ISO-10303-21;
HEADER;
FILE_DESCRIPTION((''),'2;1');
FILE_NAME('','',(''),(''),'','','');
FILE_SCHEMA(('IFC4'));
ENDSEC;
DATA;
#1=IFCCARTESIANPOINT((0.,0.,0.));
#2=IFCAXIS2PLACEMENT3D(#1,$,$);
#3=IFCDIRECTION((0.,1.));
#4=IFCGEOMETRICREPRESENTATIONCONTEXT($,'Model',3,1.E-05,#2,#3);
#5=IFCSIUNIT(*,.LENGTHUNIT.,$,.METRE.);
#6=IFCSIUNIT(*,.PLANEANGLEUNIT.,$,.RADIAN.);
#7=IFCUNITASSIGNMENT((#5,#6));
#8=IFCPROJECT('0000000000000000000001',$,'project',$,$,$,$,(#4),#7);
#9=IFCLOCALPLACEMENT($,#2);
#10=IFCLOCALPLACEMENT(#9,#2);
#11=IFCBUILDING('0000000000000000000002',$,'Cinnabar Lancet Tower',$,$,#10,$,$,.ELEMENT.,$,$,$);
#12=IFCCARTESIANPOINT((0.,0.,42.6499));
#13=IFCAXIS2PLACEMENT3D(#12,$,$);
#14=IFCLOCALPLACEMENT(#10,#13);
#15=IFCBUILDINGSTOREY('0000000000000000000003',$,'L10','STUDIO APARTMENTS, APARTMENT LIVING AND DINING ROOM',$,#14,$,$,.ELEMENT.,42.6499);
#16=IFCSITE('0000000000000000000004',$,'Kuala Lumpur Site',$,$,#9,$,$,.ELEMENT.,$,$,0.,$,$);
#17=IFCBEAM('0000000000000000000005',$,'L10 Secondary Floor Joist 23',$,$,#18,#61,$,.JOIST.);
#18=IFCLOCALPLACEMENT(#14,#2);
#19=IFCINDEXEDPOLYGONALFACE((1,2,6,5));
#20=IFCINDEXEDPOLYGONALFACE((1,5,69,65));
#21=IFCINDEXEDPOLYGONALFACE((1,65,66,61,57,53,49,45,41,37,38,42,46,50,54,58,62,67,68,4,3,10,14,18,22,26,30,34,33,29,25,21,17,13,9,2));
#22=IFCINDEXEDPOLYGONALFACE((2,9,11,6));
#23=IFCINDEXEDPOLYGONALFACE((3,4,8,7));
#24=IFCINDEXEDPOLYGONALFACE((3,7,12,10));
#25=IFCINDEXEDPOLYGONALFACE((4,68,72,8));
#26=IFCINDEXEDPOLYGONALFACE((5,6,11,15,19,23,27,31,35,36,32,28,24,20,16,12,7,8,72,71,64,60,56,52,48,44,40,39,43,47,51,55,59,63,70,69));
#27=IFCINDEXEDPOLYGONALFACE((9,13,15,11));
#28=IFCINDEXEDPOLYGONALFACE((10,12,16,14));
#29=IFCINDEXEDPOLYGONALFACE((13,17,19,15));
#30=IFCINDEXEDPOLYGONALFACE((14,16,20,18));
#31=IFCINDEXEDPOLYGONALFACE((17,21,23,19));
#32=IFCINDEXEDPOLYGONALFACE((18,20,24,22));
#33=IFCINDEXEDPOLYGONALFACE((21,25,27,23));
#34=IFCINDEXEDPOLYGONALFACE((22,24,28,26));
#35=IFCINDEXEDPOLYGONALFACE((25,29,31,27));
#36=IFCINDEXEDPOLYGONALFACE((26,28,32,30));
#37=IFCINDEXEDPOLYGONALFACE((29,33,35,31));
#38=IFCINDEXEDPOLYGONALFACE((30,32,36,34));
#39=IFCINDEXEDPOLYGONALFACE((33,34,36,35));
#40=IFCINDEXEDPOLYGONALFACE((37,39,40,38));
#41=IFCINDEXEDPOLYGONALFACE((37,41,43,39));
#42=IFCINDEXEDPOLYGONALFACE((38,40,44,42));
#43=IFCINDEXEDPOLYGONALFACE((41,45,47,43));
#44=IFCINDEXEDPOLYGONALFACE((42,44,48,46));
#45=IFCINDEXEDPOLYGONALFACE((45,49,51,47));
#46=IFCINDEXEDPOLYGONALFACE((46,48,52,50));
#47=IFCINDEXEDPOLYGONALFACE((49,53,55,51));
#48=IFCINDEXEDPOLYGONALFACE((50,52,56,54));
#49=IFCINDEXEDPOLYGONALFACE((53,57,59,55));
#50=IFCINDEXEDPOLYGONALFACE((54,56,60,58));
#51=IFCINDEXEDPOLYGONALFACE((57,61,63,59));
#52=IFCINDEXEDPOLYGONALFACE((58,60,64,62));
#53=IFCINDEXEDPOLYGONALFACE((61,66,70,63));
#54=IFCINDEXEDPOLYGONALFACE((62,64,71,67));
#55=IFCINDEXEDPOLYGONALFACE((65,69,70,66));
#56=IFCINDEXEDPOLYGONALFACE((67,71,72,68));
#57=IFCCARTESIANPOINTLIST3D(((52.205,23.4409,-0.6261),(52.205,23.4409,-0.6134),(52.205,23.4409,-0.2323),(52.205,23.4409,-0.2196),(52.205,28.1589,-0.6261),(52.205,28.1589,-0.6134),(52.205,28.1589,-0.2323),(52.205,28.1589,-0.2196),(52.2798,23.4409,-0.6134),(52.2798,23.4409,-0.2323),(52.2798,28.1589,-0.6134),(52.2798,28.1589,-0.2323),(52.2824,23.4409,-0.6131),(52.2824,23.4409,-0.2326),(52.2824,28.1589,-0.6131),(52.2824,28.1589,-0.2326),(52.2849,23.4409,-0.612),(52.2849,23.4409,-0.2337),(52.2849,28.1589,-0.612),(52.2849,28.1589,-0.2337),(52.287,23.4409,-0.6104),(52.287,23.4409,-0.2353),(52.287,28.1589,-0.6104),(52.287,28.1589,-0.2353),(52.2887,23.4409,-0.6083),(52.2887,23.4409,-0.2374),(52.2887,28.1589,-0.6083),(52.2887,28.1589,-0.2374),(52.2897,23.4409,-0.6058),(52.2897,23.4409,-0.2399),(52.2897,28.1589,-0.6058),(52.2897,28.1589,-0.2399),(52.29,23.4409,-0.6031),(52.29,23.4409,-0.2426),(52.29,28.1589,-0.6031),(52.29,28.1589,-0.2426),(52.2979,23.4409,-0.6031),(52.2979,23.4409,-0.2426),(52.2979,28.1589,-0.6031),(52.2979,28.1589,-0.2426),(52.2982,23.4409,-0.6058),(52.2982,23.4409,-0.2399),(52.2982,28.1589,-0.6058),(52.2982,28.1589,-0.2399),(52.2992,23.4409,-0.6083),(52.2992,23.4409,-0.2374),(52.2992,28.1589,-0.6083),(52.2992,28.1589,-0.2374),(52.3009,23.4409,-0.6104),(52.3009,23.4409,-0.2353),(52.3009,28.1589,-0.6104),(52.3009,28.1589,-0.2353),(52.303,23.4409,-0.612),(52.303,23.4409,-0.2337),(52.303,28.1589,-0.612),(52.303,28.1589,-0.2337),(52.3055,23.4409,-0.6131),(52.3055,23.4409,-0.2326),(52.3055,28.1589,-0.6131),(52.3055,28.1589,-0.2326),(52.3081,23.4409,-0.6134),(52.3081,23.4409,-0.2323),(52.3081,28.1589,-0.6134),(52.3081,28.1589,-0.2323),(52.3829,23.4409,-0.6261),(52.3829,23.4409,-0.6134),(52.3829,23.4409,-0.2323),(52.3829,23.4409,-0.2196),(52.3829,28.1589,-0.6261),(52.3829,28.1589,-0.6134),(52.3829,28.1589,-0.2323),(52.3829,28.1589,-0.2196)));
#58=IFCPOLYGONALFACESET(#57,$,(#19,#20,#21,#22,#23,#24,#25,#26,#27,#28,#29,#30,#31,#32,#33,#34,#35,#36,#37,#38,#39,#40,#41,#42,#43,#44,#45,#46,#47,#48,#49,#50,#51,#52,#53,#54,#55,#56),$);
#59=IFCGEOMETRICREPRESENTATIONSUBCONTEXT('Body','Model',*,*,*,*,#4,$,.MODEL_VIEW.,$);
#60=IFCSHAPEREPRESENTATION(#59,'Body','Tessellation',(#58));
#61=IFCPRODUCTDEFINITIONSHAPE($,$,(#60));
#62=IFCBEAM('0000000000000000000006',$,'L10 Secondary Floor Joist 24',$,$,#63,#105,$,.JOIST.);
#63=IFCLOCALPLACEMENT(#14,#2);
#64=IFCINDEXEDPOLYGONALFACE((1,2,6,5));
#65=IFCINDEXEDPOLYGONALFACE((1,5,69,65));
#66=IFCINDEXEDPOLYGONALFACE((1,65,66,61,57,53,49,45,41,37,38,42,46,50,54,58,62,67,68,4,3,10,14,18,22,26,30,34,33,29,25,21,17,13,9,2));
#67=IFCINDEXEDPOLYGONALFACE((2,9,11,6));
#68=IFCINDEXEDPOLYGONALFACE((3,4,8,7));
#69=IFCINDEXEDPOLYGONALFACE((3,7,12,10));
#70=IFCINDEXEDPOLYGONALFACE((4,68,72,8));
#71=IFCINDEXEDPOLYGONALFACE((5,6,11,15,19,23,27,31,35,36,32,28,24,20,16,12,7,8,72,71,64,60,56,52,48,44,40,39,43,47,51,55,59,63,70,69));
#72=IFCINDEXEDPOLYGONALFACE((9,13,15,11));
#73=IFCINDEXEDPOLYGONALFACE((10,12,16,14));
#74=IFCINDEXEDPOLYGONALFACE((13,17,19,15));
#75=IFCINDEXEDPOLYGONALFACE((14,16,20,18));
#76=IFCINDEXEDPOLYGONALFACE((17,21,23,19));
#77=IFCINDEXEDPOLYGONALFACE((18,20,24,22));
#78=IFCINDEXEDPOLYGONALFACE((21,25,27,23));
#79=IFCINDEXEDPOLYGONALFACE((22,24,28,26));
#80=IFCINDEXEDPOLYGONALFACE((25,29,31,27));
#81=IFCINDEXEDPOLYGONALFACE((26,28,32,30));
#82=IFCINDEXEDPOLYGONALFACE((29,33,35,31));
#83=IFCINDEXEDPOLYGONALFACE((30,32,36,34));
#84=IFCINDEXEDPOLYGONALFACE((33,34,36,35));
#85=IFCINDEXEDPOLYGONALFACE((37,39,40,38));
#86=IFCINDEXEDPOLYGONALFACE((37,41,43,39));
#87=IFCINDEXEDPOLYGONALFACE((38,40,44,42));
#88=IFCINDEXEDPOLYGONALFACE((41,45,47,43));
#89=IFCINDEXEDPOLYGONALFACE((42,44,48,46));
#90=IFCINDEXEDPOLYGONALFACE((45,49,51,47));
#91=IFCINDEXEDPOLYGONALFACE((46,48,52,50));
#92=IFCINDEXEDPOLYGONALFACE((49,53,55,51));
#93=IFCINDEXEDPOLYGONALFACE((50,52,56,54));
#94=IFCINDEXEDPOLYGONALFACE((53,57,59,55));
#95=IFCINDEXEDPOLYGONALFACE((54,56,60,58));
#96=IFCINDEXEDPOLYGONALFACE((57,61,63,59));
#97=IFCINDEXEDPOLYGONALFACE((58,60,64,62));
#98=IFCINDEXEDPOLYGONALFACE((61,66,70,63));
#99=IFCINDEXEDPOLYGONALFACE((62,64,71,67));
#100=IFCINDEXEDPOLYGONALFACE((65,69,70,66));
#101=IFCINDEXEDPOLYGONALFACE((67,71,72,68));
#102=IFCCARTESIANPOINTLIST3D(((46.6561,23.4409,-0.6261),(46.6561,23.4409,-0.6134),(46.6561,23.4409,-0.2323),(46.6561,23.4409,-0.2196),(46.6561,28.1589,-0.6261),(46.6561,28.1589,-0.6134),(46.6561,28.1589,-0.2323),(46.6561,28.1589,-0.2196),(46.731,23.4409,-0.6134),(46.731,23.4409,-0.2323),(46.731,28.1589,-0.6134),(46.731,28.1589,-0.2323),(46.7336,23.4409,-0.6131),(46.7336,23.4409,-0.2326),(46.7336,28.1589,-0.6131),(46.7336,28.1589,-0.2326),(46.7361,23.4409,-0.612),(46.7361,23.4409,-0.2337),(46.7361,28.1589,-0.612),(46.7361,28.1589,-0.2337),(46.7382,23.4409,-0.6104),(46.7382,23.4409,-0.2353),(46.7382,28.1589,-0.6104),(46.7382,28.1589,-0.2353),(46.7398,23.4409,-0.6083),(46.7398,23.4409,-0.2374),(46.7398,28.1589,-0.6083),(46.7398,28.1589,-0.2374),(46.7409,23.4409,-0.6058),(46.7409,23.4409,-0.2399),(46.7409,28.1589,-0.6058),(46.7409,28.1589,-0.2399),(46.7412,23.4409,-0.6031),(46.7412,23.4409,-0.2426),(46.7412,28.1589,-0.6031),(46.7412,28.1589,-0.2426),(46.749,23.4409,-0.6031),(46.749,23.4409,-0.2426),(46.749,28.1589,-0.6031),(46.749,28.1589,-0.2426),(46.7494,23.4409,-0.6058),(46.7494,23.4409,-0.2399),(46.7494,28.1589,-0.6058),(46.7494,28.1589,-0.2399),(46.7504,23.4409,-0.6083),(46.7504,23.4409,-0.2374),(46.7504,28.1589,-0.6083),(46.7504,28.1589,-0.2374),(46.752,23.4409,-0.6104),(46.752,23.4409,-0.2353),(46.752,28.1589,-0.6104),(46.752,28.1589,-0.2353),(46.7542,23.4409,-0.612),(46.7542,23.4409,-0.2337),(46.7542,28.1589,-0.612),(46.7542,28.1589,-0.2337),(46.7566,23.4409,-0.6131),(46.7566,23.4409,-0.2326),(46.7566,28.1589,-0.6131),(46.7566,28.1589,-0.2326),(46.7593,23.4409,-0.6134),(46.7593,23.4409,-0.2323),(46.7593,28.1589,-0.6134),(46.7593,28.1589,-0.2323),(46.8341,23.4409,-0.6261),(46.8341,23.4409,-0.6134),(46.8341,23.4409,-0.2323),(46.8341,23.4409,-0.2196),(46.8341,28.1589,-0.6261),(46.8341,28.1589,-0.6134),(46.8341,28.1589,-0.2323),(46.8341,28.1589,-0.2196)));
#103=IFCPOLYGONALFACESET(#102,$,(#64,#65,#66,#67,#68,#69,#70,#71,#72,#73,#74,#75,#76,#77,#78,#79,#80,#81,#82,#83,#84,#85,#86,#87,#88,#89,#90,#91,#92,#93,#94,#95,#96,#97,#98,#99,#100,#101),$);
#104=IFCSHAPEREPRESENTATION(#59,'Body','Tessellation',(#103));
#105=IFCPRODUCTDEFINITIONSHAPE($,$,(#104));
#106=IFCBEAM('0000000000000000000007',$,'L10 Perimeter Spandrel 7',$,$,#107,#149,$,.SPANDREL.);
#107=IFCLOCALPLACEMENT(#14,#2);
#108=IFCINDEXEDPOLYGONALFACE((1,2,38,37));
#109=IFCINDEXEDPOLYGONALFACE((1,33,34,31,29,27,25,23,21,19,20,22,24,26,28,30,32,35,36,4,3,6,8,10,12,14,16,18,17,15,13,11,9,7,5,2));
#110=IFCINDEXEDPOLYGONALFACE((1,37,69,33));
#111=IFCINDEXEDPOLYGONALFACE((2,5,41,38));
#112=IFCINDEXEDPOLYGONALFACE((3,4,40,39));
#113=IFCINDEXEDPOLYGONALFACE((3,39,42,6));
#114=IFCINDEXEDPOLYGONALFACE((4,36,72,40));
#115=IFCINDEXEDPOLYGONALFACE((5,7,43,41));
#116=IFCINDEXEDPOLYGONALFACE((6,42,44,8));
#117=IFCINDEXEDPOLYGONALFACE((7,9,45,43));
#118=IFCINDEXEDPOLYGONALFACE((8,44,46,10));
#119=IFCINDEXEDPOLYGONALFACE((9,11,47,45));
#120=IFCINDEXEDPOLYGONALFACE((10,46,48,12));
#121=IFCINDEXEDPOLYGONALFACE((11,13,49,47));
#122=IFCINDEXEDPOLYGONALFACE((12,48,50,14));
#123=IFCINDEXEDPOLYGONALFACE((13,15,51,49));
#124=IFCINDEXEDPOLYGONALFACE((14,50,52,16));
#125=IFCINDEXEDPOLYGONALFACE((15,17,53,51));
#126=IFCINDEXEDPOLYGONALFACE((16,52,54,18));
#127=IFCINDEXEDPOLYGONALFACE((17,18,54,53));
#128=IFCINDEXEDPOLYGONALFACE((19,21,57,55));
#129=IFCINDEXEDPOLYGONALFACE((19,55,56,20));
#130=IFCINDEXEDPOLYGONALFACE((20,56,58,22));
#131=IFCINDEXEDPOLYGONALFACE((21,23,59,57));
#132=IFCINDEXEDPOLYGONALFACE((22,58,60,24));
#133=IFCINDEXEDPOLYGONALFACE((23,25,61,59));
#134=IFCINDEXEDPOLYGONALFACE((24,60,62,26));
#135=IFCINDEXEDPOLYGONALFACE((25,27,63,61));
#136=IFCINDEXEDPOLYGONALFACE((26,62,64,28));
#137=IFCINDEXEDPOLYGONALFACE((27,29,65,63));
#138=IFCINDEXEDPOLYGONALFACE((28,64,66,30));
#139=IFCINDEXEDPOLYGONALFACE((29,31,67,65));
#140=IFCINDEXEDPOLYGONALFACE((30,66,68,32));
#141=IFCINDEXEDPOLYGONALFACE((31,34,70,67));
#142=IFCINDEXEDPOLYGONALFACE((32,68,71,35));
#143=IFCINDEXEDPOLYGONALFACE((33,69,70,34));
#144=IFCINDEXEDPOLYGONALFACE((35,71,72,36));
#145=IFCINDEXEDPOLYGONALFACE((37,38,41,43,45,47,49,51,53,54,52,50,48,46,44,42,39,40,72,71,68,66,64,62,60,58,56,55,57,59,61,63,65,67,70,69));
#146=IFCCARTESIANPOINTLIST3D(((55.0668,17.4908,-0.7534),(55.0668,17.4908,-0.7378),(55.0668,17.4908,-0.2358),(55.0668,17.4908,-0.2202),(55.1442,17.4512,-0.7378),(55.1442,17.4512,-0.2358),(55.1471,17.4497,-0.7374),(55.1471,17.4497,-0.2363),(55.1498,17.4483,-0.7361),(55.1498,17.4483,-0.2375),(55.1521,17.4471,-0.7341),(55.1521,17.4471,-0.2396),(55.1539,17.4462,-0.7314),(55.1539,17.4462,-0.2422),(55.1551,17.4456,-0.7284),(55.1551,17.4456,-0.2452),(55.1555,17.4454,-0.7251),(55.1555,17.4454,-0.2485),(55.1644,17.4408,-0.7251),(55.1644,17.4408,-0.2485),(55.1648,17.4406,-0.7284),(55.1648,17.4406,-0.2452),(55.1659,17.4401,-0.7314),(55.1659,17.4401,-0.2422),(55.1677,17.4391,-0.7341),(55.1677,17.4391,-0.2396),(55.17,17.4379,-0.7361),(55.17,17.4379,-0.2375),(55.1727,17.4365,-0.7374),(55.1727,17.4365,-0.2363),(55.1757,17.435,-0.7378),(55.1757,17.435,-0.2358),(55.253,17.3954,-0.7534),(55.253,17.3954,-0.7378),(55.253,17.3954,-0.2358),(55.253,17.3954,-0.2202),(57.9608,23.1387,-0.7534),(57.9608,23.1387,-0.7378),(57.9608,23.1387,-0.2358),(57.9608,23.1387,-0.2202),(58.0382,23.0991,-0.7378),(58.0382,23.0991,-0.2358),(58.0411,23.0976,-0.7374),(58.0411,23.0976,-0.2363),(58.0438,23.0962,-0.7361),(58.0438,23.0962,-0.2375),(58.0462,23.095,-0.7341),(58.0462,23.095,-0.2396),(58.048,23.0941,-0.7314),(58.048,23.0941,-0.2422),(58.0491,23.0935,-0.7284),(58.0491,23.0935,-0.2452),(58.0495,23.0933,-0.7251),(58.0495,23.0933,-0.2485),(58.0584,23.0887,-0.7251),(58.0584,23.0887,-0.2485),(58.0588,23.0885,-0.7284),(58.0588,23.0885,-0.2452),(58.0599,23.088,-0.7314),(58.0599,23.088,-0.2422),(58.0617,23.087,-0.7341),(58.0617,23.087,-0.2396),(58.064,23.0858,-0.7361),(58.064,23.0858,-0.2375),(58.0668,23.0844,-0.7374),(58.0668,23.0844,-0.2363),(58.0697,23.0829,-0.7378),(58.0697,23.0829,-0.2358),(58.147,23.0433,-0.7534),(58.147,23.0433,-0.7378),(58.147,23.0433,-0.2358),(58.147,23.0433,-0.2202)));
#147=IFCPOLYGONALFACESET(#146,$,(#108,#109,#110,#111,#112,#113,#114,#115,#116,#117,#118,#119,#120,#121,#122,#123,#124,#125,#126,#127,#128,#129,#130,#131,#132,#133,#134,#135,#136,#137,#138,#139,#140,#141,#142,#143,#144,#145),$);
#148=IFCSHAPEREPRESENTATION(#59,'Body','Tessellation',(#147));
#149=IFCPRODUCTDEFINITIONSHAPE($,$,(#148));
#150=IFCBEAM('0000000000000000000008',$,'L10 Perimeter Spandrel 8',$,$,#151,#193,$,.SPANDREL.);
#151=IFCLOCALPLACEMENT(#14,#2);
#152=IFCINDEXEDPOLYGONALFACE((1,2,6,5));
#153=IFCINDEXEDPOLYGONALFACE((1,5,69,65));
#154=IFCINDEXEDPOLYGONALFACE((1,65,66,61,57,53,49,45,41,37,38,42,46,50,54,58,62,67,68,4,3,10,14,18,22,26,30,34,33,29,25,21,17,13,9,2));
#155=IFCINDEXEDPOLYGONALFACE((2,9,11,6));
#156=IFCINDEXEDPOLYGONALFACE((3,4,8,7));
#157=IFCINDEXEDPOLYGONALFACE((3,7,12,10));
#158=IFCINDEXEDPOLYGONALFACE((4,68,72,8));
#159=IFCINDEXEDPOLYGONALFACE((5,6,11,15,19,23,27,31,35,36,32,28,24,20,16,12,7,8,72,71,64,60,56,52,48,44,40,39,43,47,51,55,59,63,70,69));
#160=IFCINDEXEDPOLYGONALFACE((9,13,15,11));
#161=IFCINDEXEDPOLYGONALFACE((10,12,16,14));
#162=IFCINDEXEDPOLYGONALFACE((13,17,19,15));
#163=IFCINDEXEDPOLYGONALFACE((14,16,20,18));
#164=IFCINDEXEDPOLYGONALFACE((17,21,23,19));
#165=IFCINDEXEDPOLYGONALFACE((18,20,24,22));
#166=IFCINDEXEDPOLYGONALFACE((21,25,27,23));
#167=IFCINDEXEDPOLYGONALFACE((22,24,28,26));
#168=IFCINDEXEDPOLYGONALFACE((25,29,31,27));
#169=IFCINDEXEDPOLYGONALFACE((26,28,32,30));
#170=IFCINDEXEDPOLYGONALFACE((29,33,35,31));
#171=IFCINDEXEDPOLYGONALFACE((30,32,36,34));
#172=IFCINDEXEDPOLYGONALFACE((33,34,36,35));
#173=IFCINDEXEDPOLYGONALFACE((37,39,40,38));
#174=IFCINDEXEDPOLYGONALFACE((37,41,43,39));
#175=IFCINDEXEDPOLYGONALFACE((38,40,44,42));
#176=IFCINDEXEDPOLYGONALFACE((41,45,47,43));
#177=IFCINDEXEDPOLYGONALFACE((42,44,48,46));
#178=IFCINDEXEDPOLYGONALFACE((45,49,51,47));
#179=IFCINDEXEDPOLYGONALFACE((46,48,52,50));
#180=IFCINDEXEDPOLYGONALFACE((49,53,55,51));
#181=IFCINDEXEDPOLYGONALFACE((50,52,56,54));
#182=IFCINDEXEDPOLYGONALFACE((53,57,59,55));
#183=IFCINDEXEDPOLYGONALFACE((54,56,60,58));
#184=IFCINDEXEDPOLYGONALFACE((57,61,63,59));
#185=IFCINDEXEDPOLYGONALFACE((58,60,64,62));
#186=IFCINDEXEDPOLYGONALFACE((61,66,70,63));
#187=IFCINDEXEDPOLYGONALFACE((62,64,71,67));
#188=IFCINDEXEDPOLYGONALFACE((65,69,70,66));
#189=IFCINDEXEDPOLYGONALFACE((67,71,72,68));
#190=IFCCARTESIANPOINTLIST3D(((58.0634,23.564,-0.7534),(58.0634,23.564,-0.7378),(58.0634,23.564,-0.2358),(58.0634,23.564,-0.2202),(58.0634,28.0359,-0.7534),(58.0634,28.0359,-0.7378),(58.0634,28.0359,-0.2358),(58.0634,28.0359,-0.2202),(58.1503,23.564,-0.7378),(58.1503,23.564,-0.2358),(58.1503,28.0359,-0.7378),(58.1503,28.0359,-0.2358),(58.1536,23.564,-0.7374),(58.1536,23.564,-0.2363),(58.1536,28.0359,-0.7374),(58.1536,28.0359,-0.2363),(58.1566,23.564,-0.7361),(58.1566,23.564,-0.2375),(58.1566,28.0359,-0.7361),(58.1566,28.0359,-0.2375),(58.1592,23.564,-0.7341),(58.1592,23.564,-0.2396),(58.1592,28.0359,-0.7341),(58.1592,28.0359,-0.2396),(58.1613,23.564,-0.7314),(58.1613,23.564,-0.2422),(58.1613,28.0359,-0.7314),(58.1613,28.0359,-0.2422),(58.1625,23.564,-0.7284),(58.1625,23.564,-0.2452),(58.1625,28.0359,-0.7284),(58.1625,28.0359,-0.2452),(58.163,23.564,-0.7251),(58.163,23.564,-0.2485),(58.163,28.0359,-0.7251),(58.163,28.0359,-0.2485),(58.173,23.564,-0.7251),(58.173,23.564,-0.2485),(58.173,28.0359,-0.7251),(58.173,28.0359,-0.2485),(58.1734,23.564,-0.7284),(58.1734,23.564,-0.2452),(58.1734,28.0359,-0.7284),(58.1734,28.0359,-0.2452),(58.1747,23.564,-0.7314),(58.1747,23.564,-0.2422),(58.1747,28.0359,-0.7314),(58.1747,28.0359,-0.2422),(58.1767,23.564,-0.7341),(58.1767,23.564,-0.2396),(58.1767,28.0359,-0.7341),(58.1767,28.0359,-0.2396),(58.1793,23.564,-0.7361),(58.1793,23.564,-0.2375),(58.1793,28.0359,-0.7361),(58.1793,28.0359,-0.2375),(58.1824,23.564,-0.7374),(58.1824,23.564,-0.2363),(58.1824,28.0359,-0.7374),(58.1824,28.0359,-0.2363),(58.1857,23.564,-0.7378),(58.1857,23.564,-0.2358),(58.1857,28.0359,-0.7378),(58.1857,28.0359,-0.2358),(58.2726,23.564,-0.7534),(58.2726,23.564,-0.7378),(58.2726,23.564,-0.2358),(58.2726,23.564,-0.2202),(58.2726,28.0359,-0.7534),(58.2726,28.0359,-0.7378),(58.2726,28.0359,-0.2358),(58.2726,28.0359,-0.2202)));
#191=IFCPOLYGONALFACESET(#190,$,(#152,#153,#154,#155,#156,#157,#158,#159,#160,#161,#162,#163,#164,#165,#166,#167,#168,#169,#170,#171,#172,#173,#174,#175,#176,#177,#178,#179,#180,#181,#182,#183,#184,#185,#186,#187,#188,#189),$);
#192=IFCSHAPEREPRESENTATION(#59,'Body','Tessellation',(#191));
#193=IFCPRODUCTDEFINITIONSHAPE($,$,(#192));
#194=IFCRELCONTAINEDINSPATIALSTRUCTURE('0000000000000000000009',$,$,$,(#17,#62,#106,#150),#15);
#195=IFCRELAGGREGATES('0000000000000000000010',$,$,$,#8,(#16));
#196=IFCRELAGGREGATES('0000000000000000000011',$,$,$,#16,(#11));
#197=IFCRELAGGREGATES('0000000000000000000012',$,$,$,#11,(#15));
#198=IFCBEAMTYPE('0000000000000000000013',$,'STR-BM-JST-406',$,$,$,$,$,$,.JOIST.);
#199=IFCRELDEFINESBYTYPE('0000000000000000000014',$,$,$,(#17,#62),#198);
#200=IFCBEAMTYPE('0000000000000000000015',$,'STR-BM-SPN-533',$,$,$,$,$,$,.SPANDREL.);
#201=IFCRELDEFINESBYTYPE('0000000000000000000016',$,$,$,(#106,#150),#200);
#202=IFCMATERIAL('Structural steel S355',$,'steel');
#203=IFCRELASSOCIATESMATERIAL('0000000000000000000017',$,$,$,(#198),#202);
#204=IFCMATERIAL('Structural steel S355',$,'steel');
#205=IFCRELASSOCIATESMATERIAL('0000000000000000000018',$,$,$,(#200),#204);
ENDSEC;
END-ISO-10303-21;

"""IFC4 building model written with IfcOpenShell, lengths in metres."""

from ifc_helpers import new_model, si_unit, direction, frame, origin, origin_2d, place, context, subcontext, project, spatial, i_section, extrude, material, material_profile, profile_set, type_object, element, save


model = new_model("IFC4")

# Units and contexts
model_context = context("Model", 3, precision=1e-05, world=origin(), true_north=direction((0.0, 1.0)))
body_context = subcontext(model_context, "Body", "Model", "MODEL_VIEW")
ifc_project = project(units=[si_unit("LENGTHUNIT", "METRE"), si_unit("PLANEANGLEUNIT", "RADIAN")], contexts=[model_context])

# Site, building, storey
site_placement = place(None, origin())
site = spatial("IfcSite", under=ifc_project, at=site_placement, Name="Kuala Lumpur Site", CompositionType="ELEMENT", RefElevation=0.0)
building_placement = place(site_placement, origin())
building = spatial("IfcBuilding", under=site, at=building_placement, Name="Cinnabar Lancet Tower", CompositionType="ELEMENT")
storey_placement = place(building_placement, frame((0.0, 0.0, 42.6499)))
storey = spatial("IfcBuildingStorey", under=building, at=storey_placement, Name="L10", Description="STUDIO APARTMENTS, APARTMENT LIVING AND DINING ROOM", CompositionType="ELEMENT", Elevation=42.6499)

# Beams
ifc_material_1 = material(Name="Structural steel S355", Category="steel")
ifc_material_profile_1 = material_profile(ifc_material_1, i_section(OverallWidth=0.178, OverallDepth=0.4065, WebThickness=0.0078, FlangeThickness=0.0127, FilletRadius=0.0103, at=origin_2d()), Name="UKB 406x178x60")
ifc_profile_set_1 = profile_set([ifc_material_profile_1], Name="Structural steel S355")
beam_type_1 = type_object("IfcBeamType", Name="STR-BM-JST-406", PredefinedType="JOIST", material=ifc_profile_set_1)
for number, where, z_axis, x_axis, name in (
    (1, (52.2939, 23.4409, -0.4229), (0.0, 1.0, 0.0), (-1.0, 0.0, 0.0), "L10 Secondary Floor Joist 23"),
    (2, (46.7451, 23.4409, -0.4229), (0.0, 1.0, 0.0), (-1.0, 0.0, 0.0), "L10 Secondary Floor Joist 24"),
):
    element("IfcBeam", number, at=place(storey_placement, frame(where, z_axis=z_axis, x_axis=x_axis)), inside=storey, type_object=beam_type_1, Name=name, PredefinedType="JOIST", context=body_context, shape_type="SweptSolid", body=[
        extrude(i_section(OverallWidth=0.178, OverallDepth=0.4065, WebThickness=0.0078, FlangeThickness=0.0127, FilletRadius=0.0103, at=origin_2d()), origin(), (0.0, 0.0, 1.0), 4.718),
    ])
ifc_material_2 = material(Name="Structural steel S355", Category="steel")
ifc_material_profile_2 = material_profile(ifc_material_2, i_section(OverallWidth=0.2092, OverallDepth=0.5332, WebThickness=0.01, FlangeThickness=0.0156, FilletRadius=0.0127, at=origin_2d()), Name="UKB 533x210x92")
ifc_profile_set_2 = profile_set([ifc_material_profile_2], Name="Structural steel S355")
beam_type_2 = type_object("IfcBeamType", Name="STR-BM-SPN-533", PredefinedType="SPANDREL", material=ifc_profile_set_2)
beam_1_placement = place(storey_placement, frame((55.1599, 17.4431, -0.4868), z_axis=(0.456025, 0.889967, 0.0), x_axis=(-0.889967, 0.456025, 0.0)))
element("IfcBeam", 3, at=beam_1_placement, inside=storey, type_object=beam_type_2, Name="L10 Perimeter Spandrel 7", PredefinedType="SPANDREL", context=body_context, shape_type="SweptSolid", body=[
    extrude(i_section(OverallWidth=0.2092, OverallDepth=0.5332, WebThickness=0.01, FlangeThickness=0.0156, FilletRadius=0.0127, at=origin_2d()), origin(), (0.0, 0.0, 1.0), 6.3462),
])
beam_2_placement = place(storey_placement, frame((58.168, 23.564, -0.4868), z_axis=(0.0, 1.0, 0.0), x_axis=(-1.0, 0.0, 0.0)))
element("IfcBeam", 4, at=beam_2_placement, inside=storey, type_object=beam_type_2, Name="L10 Perimeter Spandrel 8", PredefinedType="SPANDREL", context=body_context, shape_type="SweptSolid", body=[
    extrude(i_section(OverallWidth=0.2092, OverallDepth=0.5332, WebThickness=0.01, FlangeThickness=0.0156, FilletRadius=0.0127, at=origin_2d()), origin(), (0.0, 0.0, 1.0), 4.4719),
])

save(model, "model.ifc")
